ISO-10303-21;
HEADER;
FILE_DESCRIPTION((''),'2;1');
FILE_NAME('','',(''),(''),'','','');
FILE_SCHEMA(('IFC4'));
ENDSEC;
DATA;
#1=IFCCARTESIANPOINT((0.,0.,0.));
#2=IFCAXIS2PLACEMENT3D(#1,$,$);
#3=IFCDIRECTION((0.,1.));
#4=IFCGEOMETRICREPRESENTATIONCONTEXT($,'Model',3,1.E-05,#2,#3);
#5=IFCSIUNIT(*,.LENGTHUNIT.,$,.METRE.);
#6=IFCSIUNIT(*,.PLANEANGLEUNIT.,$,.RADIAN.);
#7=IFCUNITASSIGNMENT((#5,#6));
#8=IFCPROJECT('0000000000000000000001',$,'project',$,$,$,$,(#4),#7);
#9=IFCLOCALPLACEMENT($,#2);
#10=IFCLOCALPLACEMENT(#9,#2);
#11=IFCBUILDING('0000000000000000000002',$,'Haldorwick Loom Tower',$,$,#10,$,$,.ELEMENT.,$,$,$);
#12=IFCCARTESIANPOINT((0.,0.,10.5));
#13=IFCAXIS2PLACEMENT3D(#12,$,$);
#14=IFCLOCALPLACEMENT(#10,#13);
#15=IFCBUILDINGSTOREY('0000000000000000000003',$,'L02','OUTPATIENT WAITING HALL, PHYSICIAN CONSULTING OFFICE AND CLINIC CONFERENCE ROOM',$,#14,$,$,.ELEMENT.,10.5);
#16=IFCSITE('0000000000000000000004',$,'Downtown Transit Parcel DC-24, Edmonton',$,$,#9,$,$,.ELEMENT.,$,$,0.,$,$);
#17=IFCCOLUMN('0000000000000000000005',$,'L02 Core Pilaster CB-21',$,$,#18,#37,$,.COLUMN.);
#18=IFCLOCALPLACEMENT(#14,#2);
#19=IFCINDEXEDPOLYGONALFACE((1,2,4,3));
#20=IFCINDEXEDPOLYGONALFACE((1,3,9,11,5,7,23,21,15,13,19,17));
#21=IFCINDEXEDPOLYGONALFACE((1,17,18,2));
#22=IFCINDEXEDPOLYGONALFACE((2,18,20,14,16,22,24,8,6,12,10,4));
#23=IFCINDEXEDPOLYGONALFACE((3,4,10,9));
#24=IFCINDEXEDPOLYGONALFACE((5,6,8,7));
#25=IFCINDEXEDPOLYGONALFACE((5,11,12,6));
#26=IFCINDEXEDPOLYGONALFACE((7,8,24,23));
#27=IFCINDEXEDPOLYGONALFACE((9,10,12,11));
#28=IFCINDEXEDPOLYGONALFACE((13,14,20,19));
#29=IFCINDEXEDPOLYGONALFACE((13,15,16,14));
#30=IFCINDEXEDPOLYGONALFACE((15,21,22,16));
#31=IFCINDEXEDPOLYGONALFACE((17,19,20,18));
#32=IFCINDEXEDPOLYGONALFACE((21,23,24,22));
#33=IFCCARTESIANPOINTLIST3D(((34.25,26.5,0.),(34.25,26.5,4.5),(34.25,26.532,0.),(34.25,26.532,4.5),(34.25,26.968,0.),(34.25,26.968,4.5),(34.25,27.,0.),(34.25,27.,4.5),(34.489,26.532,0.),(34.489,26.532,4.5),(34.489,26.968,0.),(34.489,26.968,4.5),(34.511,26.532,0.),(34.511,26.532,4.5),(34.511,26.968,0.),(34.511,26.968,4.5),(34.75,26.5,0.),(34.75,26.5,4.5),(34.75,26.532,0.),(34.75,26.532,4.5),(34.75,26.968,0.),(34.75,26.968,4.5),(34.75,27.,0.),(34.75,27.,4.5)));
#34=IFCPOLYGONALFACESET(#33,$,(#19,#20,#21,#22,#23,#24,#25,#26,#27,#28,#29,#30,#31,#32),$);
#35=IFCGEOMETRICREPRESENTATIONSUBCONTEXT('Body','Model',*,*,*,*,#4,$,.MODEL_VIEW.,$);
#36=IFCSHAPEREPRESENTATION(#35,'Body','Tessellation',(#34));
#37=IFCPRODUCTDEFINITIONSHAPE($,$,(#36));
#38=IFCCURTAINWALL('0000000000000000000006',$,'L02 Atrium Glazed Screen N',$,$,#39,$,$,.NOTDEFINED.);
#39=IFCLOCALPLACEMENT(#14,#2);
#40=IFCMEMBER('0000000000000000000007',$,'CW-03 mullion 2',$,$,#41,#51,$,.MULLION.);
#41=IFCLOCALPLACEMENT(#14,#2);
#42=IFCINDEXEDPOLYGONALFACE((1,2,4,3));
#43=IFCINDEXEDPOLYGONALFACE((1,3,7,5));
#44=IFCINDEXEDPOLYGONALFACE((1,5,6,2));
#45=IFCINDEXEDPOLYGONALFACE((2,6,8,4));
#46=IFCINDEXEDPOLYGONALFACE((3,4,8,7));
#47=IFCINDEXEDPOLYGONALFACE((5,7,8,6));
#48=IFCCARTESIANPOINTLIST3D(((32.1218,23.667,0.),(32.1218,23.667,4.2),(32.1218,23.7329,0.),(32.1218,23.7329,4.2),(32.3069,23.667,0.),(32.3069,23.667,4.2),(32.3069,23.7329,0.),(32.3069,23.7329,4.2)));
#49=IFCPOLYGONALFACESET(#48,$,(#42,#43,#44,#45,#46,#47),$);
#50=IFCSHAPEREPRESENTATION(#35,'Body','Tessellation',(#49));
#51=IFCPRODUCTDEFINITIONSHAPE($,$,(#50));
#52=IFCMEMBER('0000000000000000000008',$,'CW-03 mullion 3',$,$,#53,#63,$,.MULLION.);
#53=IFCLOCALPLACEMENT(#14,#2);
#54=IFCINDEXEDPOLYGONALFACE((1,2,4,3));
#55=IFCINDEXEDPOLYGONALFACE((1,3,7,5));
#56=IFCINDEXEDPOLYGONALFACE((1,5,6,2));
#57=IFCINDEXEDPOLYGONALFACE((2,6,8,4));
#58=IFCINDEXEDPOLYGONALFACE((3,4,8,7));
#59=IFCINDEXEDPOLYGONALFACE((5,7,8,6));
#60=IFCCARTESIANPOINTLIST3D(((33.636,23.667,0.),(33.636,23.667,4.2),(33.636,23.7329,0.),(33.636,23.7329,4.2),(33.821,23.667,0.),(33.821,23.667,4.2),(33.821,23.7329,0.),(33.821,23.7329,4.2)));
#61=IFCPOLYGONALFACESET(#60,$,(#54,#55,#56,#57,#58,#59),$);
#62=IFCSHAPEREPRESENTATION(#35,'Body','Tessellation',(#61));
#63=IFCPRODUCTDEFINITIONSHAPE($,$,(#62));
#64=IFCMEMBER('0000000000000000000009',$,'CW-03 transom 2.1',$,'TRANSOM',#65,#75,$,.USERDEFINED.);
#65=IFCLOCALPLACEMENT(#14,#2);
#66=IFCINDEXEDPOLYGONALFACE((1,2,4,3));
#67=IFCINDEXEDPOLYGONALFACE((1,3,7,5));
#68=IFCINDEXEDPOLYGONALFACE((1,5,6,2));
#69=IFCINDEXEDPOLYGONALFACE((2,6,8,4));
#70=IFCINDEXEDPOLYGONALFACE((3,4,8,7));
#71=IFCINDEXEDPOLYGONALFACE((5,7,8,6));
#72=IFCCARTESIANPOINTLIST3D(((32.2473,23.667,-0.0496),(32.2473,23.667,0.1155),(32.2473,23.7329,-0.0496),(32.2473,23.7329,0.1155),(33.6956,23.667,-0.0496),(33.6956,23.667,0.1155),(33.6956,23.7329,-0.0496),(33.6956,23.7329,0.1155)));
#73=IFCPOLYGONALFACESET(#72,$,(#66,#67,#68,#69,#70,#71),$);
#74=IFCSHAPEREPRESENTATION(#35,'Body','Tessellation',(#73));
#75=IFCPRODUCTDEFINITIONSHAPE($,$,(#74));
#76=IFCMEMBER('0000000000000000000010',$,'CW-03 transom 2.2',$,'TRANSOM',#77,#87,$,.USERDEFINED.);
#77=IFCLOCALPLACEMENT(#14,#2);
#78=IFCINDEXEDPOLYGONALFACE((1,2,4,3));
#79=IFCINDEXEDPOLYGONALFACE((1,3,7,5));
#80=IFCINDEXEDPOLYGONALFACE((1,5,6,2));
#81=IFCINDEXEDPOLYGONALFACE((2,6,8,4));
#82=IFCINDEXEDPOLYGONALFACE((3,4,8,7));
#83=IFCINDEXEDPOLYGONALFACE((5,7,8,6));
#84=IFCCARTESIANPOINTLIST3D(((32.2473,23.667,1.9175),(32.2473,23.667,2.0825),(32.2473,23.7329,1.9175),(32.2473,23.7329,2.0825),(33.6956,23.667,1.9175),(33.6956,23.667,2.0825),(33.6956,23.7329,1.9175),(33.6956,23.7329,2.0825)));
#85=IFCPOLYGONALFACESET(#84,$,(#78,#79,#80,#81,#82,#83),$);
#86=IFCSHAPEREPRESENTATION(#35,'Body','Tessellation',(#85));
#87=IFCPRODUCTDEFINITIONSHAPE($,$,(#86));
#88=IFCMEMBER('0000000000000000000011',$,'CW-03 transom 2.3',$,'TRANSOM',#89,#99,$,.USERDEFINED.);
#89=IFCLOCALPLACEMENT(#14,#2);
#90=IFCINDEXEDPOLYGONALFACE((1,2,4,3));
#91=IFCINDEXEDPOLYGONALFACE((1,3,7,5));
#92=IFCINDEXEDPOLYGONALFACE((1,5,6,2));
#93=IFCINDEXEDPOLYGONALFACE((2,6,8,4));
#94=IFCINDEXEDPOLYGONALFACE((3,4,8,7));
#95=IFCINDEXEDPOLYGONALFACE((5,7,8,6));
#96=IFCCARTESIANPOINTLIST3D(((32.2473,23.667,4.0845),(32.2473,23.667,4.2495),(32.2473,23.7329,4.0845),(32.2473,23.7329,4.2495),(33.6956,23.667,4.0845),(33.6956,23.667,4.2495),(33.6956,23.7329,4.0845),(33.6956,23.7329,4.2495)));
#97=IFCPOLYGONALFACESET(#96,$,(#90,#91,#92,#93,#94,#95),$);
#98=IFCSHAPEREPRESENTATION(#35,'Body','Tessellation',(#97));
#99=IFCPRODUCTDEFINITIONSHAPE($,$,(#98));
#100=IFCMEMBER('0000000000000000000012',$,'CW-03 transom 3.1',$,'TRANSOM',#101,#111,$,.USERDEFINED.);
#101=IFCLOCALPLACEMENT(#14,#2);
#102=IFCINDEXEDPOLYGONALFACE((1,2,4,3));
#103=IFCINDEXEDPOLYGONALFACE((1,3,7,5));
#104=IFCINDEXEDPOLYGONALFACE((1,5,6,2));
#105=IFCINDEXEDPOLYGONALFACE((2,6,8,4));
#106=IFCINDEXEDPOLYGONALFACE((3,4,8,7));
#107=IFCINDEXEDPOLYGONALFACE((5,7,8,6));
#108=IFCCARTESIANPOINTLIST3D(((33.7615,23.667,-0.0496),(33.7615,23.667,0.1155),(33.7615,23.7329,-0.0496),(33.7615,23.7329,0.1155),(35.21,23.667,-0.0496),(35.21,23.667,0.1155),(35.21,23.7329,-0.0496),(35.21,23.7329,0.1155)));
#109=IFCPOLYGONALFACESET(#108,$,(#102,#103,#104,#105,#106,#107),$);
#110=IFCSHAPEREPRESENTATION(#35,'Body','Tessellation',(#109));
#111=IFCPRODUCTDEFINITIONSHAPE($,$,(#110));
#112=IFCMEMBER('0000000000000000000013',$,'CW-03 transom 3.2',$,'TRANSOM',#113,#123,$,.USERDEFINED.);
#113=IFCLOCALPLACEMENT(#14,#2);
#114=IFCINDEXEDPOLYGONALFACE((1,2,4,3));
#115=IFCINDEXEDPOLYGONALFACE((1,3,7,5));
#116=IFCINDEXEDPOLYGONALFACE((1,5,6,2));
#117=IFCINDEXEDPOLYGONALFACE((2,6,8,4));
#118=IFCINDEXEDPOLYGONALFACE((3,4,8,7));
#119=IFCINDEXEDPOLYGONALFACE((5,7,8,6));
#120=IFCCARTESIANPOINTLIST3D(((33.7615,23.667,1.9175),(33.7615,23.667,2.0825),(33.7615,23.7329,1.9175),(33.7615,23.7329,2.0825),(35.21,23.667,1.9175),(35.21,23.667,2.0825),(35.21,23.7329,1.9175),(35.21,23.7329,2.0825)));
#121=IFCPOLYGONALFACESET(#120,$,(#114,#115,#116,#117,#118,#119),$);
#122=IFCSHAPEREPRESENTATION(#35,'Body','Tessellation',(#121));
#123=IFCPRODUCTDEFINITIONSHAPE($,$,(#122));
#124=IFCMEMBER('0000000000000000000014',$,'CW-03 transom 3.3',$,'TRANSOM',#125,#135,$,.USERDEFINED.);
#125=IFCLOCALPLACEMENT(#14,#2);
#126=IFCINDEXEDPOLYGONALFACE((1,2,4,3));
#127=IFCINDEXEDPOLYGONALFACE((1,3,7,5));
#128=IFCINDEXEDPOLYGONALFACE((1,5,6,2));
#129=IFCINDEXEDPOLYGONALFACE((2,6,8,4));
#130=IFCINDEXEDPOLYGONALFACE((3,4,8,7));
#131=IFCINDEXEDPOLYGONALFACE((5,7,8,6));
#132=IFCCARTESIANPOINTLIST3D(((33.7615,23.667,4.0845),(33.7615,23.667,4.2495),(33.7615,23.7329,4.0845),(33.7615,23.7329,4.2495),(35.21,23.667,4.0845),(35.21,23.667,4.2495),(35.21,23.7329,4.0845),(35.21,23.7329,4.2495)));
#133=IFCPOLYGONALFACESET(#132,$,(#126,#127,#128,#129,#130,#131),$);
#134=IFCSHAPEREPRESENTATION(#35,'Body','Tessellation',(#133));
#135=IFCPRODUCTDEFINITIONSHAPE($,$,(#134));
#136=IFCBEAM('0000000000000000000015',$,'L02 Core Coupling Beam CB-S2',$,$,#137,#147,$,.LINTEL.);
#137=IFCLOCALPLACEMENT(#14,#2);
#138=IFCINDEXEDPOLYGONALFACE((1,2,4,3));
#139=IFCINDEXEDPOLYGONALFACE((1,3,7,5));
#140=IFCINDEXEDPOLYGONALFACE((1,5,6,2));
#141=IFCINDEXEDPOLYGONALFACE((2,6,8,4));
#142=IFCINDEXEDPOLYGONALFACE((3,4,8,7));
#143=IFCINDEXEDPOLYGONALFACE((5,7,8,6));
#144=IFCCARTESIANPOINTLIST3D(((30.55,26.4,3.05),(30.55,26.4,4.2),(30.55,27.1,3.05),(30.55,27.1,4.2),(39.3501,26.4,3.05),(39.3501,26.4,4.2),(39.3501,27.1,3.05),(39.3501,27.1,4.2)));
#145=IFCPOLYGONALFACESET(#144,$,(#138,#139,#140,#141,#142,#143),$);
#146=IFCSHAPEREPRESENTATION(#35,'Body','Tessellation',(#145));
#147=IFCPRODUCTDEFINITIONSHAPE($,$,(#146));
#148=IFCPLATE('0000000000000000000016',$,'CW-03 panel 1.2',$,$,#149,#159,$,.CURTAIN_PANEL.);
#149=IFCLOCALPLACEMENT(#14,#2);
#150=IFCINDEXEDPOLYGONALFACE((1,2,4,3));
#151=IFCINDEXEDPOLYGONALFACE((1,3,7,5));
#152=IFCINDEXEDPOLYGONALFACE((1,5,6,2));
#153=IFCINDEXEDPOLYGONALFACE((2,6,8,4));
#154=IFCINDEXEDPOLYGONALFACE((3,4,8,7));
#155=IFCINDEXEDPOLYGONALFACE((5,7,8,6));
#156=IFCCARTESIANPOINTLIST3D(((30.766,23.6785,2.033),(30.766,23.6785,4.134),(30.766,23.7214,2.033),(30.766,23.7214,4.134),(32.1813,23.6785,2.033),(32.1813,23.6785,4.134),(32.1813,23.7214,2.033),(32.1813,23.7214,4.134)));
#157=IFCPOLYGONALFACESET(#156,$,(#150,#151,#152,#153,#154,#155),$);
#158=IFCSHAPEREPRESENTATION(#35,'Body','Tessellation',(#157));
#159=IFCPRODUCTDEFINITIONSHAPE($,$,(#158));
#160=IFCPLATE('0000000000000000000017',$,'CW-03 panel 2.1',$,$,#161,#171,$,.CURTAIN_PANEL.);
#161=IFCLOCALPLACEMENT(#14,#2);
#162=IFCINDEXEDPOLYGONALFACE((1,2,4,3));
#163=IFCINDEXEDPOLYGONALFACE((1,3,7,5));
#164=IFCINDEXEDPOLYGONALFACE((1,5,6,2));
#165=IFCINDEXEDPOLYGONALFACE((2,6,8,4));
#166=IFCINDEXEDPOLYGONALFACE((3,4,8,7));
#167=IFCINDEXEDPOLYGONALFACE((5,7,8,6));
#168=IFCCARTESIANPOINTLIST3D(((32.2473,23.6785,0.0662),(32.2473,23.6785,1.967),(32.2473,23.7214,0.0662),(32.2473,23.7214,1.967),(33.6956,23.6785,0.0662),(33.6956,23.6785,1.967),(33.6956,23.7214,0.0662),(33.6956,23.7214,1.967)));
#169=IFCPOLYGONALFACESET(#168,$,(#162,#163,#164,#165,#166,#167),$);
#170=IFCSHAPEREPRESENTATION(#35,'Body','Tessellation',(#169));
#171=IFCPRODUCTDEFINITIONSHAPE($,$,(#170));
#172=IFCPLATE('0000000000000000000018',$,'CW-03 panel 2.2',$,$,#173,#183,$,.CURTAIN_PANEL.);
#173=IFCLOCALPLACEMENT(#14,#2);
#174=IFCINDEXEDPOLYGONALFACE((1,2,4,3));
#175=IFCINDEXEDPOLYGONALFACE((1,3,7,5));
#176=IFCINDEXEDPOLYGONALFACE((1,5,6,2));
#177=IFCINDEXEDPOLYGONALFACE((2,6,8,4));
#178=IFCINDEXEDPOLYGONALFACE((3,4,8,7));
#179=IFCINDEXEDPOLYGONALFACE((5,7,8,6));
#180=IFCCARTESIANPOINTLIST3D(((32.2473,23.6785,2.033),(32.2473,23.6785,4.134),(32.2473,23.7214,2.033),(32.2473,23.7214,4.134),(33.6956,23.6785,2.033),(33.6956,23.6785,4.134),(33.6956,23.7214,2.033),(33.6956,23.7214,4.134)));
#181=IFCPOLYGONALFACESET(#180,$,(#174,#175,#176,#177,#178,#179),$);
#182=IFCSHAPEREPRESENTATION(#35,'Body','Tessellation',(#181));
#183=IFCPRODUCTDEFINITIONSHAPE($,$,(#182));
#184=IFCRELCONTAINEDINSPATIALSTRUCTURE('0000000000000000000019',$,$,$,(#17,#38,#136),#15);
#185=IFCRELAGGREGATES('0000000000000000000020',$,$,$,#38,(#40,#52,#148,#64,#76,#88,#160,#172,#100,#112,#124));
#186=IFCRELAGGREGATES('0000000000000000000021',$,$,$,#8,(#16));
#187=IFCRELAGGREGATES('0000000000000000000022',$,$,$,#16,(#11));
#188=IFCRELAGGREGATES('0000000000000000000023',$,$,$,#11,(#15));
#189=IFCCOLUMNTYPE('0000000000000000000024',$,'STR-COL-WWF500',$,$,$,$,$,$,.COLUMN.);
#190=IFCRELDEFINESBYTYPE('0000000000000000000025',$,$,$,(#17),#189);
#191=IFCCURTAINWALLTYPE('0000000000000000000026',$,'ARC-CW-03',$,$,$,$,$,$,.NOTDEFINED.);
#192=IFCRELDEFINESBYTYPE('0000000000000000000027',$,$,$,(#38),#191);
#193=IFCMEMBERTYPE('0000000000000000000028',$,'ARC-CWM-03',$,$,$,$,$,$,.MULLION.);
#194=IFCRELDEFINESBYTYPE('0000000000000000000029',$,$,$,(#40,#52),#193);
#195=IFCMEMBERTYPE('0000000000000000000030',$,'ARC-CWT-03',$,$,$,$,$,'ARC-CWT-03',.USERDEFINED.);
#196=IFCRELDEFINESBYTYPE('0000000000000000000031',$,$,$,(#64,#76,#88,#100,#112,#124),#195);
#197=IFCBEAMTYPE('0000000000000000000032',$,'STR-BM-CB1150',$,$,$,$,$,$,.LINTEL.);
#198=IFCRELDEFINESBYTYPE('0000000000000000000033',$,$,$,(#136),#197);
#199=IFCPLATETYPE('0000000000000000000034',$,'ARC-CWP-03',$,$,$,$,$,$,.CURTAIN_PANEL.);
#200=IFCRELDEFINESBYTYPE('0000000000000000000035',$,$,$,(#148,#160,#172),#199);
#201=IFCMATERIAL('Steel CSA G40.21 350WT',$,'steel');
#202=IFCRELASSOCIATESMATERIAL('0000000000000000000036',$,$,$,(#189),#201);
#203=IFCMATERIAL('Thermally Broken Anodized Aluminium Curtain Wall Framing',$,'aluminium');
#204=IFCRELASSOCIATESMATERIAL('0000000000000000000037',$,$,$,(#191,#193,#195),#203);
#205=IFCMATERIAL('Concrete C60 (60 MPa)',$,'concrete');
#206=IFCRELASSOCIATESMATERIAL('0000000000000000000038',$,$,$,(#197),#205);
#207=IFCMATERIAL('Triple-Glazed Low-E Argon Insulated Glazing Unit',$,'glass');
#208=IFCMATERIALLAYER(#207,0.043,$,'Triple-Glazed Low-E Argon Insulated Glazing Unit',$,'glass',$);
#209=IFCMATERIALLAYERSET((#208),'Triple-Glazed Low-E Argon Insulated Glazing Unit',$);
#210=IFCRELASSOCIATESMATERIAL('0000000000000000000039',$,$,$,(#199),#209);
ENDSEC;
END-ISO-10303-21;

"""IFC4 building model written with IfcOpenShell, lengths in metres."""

from ifc_helpers import new_model, si_unit, direction, frame, origin, origin_2d, place, context, subcontext, project, spatial, rectangle, i_section, extrude, material, layer, layer_set, material_profile, profile_set, type_object, element, aggregate, save


model = new_model("IFC4")

# Units and contexts
model_context = context("Model", 3, precision=1e-05, world=origin(), true_north=direction((0.0, 1.0)))
body_context = subcontext(model_context, "Body", "Model", "MODEL_VIEW")
ifc_project = project(units=[si_unit("LENGTHUNIT", "METRE"), si_unit("PLANEANGLEUNIT", "RADIAN")], contexts=[model_context])

# Site, building, storey
site_placement = place(None, origin())
site = spatial("IfcSite", under=ifc_project, at=site_placement, Name="Downtown Transit Parcel DC-24, Edmonton", CompositionType="ELEMENT", RefElevation=0.0)
building_placement = place(site_placement, origin())
building = spatial("IfcBuilding", under=site, at=building_placement, Name="Haldorwick Loom Tower", CompositionType="ELEMENT")
storey_placement = place(building_placement, frame((0.0, 0.0, 10.5)))
storey = spatial("IfcBuildingStorey", under=building, at=storey_placement, Name="L02", Description="OUTPATIENT WAITING HALL, PHYSICIAN CONSULTING OFFICE AND CLINIC CONFERENCE ROOM", CompositionType="ELEMENT", Elevation=10.5)

# Column
ifc_material_1 = material(Name="Steel CSA G40.21 350WT", Category="steel")
ifc_material_profile_1 = material_profile(ifc_material_1, i_section(OverallWidth=0.5, OverallDepth=0.5, WebThickness=0.022, FlangeThickness=0.032, at=origin_2d()), Name="WWF500X500", Category="steel")
ifc_profile_set_1 = profile_set([ifc_material_profile_1], Name="Steel CSA G40.21 350WT")
column_type = type_object("IfcColumnType", Name="STR-COL-WWF500", PredefinedType="COLUMN", material=ifc_profile_set_1)
column_placement = place(storey_placement, frame((34.5, 26.75, 0.0), z_axis=(0.0, 0.0, 1.0), x_axis=(1.0, 0.0, 0.0)))
element("IfcColumn", 1, at=column_placement, inside=storey, type_object=column_type, Name="L02 Core Pilaster CB-21", PredefinedType="COLUMN", context=body_context, shape_type="SweptSolid", body=[
    extrude(i_section(OverallWidth=0.5, OverallDepth=0.5, WebThickness=0.022, FlangeThickness=0.032, at=origin_2d()), origin(), (0.0, 0.0, 1.0), 4.5),
])

# Curtain wall, members
ifc_material_2 = material(Name="Thermally Broken Anodized Aluminium Curtain Wall Framing", Category="aluminium")
curtain_wall_type = type_object("IfcCurtainWallType", Name="ARC-CW-03", PredefinedType="NOTDEFINED", material=ifc_material_2)
curtain_wall_placement = place(storey_placement, origin())
curtain_wall = element("IfcCurtainWall", 2, at=curtain_wall_placement, inside=storey, type_object=curtain_wall_type, Name="L02 Atrium Glazed Screen N", PredefinedType="NOTDEFINED")
ifc_material_profile_2 = material_profile(ifc_material_2, rectangle(XDim=0.0659, YDim=0.1851, at=origin_2d()), Name="ALU_MUL_66X185", Category="aluminium")
ifc_profile_set_2 = profile_set([ifc_material_profile_2], Name="Thermally Broken Anodized Aluminium Curtain Wall Framing")
member_type_1 = type_object("IfcMemberType", Name="ARC-CWM-03", PredefinedType="MULLION", material=ifc_profile_set_2)
member_1_placement = place(storey_placement, frame((32.2144, 23.7, 0.0), z_axis=(0.0, 0.0, 1.0), x_axis=(0.0, 1.0, 0.0)))
member_1 = element("IfcMember", 3, at=member_1_placement, type_object=member_type_1, Name="CW-03 mullion 2", PredefinedType="MULLION", context=body_context, shape_type="SweptSolid", body=[
    extrude(rectangle(XDim=0.0659, YDim=0.1851, at=origin_2d()), origin(), (0.0, 0.0, 1.0), 4.2),
])
member_2_placement = place(storey_placement, frame((33.7285, 23.7, 0.0), z_axis=(0.0, 0.0, 1.0), x_axis=(0.0, 1.0, 0.0)))
member_2 = element("IfcMember", 4, at=member_2_placement, type_object=member_type_1, Name="CW-03 mullion 3", PredefinedType="MULLION", context=body_context, shape_type="SweptSolid", body=[
    extrude(rectangle(XDim=0.0659, YDim=0.1851, at=origin_2d()), origin(), (0.0, 0.0, 1.0), 4.2),
])
ifc_material_profile_3 = material_profile(ifc_material_2, rectangle(XDim=0.0659, YDim=0.165, at=origin_2d()), Name="ALU_TRN_66X165", Category="aluminium")
ifc_profile_set_3 = profile_set([ifc_material_profile_3], Name="Thermally Broken Anodized Aluminium Curtain Wall Framing")
member_type_2 = type_object("IfcMemberType", Name="ARC-CWT-03", ElementType="ARC-CWT-03", PredefinedType="USERDEFINED", material=ifc_profile_set_3)
member_3_placement = place(storey_placement, frame((32.2473, 23.7, 0.033), z_axis=(1.0, 0.0, 0.0), x_axis=(0.0, 1.0, 0.0)))
member_3 = element("IfcMember", 5, at=member_3_placement, type_object=member_type_2, Name="CW-03 transom 2.1", ObjectType="TRANSOM", PredefinedType="USERDEFINED", context=body_context, shape_type="SweptSolid", body=[
    extrude(rectangle(XDim=0.0659, YDim=0.165, at=origin_2d()), origin(), (0.0, 0.0, 1.0), 1.4482),
])
member_4_placement = place(storey_placement, frame((32.2473, 23.7, 2.0), z_axis=(1.0, 0.0, 0.0), x_axis=(0.0, 1.0, 0.0)))
member_4 = element("IfcMember", 6, at=member_4_placement, type_object=member_type_2, Name="CW-03 transom 2.2", ObjectType="TRANSOM", PredefinedType="USERDEFINED", context=body_context, shape_type="SweptSolid", body=[
    extrude(rectangle(XDim=0.0659, YDim=0.165, at=origin_2d()), origin(), (0.0, 0.0, 1.0), 1.4482),
])
member_5_placement = place(storey_placement, frame((32.2473, 23.7, 4.167), z_axis=(1.0, 0.0, 0.0), x_axis=(0.0, 1.0, 0.0)))
member_5 = element("IfcMember", 7, at=member_5_placement, type_object=member_type_2, Name="CW-03 transom 2.3", ObjectType="TRANSOM", PredefinedType="USERDEFINED", context=body_context, shape_type="SweptSolid", body=[
    extrude(rectangle(XDim=0.0659, YDim=0.165, at=origin_2d()), origin(), (0.0, 0.0, 1.0), 1.4482),
])
member_6_placement = place(storey_placement, frame((33.7615, 23.7, 0.033), z_axis=(1.0, 0.0, 0.0), x_axis=(0.0, 1.0, 0.0)))
member_6 = element("IfcMember", 8, at=member_6_placement, type_object=member_type_2, Name="CW-03 transom 3.1", ObjectType="TRANSOM", PredefinedType="USERDEFINED", context=body_context, shape_type="SweptSolid", body=[
    extrude(rectangle(XDim=0.0659, YDim=0.165, at=origin_2d()), origin(), (0.0, 0.0, 1.0), 1.4485),
])
member_7_placement = place(storey_placement, frame((33.7615, 23.7, 2.0), z_axis=(1.0, 0.0, 0.0), x_axis=(0.0, 1.0, 0.0)))
member_7 = element("IfcMember", 9, at=member_7_placement, type_object=member_type_2, Name="CW-03 transom 3.2", ObjectType="TRANSOM", PredefinedType="USERDEFINED", context=body_context, shape_type="SweptSolid", body=[
    extrude(rectangle(XDim=0.0659, YDim=0.165, at=origin_2d()), origin(), (0.0, 0.0, 1.0), 1.4485),
])
member_8_placement = place(storey_placement, frame((33.7615, 23.7, 4.167), z_axis=(1.0, 0.0, 0.0), x_axis=(0.0, 1.0, 0.0)))
member_8 = element("IfcMember", 10, at=member_8_placement, type_object=member_type_2, Name="CW-03 transom 3.3", ObjectType="TRANSOM", PredefinedType="USERDEFINED", context=body_context, shape_type="SweptSolid", body=[
    extrude(rectangle(XDim=0.0659, YDim=0.165, at=origin_2d()), origin(), (0.0, 0.0, 1.0), 1.4485),
])

# Beam
ifc_material_3 = material(Name="Concrete C60 (60 MPa)", Category="concrete")
ifc_material_profile_4 = material_profile(ifc_material_3, rectangle(XDim=0.7, YDim=1.1499, at=origin_2d()), Name="RC700X1150", Category="concrete")
ifc_profile_set_4 = profile_set([ifc_material_profile_4], Name="Concrete C60 (60 MPa)")
beam_type = type_object("IfcBeamType", Name="STR-BM-CB1150", PredefinedType="LINTEL", material=ifc_profile_set_4)
beam_placement = place(storey_placement, frame((30.55, 26.75, 3.625), z_axis=(1.0, 0.0, 0.0), x_axis=(0.0, 1.0, 0.0)))
element("IfcBeam", 11, at=beam_placement, inside=storey, type_object=beam_type, Name="L02 Core Coupling Beam CB-S2", PredefinedType="LINTEL", context=body_context, shape_type="SweptSolid", body=[
    extrude(rectangle(XDim=0.7, YDim=1.1499, at=origin_2d()), origin(), (0.0, 0.0, 1.0), 8.8),
])

# Plates
ifc_material_4 = material(Name="Triple-Glazed Low-E Argon Insulated Glazing Unit", Category="glass")
ifc_layer_1 = layer(ifc_material_4, 0.043, Name="Triple-Glazed Low-E Argon Insulated Glazing Unit", Category="glass")
ifc_layer_set_1 = layer_set([ifc_layer_1], Name="Triple-Glazed Low-E Argon Insulated Glazing Unit")
plate_type = type_object("IfcPlateType", Name="ARC-CWP-03", PredefinedType="CURTAIN_PANEL", material=ifc_layer_set_1)
plate_1_placement = place(storey_placement, frame((31.4736, 23.7, 2.033), z_axis=(0.0, 0.0, 1.0), x_axis=(1.0, 0.0, 0.0)))
plate_1 = element("IfcPlate", 12, at=plate_1_placement, type_object=plate_type, Name="CW-03 panel 1.2", PredefinedType="CURTAIN_PANEL", context=body_context, shape_type="SweptSolid", body=[
    extrude(rectangle(XDim=1.4153, YDim=0.043, at=origin_2d()), origin(), (0.0, 0.0, 1.0), 2.1011),
])
plate_2_placement = place(storey_placement, frame((32.9714, 23.7, 0.0662), z_axis=(0.0, 0.0, 1.0), x_axis=(1.0, 0.0, 0.0)))
plate_2 = element("IfcPlate", 13, at=plate_2_placement, type_object=plate_type, Name="CW-03 panel 2.1", PredefinedType="CURTAIN_PANEL", context=body_context, shape_type="SweptSolid", body=[
    extrude(rectangle(XDim=1.4482, YDim=0.043, at=origin_2d()), origin(), (0.0, 0.0, 1.0), 1.9009),
])
plate_3_placement = place(storey_placement, frame((32.9714, 23.7, 2.033), z_axis=(0.0, 0.0, 1.0), x_axis=(1.0, 0.0, 0.0)))
plate_3 = element("IfcPlate", 14, at=plate_3_placement, type_object=plate_type, Name="CW-03 panel 2.2", PredefinedType="CURTAIN_PANEL", context=body_context, shape_type="SweptSolid", body=[
    extrude(rectangle(XDim=1.4482, YDim=0.043, at=origin_2d()), origin(), (0.0, 0.0, 1.0), 2.1011),
])
aggregate(curtain_wall, [member_1, member_2, plate_1, member_3, member_4, member_5, plate_2, plate_3, member_6, member_7, member_8])

save(model, "model.ifc")
